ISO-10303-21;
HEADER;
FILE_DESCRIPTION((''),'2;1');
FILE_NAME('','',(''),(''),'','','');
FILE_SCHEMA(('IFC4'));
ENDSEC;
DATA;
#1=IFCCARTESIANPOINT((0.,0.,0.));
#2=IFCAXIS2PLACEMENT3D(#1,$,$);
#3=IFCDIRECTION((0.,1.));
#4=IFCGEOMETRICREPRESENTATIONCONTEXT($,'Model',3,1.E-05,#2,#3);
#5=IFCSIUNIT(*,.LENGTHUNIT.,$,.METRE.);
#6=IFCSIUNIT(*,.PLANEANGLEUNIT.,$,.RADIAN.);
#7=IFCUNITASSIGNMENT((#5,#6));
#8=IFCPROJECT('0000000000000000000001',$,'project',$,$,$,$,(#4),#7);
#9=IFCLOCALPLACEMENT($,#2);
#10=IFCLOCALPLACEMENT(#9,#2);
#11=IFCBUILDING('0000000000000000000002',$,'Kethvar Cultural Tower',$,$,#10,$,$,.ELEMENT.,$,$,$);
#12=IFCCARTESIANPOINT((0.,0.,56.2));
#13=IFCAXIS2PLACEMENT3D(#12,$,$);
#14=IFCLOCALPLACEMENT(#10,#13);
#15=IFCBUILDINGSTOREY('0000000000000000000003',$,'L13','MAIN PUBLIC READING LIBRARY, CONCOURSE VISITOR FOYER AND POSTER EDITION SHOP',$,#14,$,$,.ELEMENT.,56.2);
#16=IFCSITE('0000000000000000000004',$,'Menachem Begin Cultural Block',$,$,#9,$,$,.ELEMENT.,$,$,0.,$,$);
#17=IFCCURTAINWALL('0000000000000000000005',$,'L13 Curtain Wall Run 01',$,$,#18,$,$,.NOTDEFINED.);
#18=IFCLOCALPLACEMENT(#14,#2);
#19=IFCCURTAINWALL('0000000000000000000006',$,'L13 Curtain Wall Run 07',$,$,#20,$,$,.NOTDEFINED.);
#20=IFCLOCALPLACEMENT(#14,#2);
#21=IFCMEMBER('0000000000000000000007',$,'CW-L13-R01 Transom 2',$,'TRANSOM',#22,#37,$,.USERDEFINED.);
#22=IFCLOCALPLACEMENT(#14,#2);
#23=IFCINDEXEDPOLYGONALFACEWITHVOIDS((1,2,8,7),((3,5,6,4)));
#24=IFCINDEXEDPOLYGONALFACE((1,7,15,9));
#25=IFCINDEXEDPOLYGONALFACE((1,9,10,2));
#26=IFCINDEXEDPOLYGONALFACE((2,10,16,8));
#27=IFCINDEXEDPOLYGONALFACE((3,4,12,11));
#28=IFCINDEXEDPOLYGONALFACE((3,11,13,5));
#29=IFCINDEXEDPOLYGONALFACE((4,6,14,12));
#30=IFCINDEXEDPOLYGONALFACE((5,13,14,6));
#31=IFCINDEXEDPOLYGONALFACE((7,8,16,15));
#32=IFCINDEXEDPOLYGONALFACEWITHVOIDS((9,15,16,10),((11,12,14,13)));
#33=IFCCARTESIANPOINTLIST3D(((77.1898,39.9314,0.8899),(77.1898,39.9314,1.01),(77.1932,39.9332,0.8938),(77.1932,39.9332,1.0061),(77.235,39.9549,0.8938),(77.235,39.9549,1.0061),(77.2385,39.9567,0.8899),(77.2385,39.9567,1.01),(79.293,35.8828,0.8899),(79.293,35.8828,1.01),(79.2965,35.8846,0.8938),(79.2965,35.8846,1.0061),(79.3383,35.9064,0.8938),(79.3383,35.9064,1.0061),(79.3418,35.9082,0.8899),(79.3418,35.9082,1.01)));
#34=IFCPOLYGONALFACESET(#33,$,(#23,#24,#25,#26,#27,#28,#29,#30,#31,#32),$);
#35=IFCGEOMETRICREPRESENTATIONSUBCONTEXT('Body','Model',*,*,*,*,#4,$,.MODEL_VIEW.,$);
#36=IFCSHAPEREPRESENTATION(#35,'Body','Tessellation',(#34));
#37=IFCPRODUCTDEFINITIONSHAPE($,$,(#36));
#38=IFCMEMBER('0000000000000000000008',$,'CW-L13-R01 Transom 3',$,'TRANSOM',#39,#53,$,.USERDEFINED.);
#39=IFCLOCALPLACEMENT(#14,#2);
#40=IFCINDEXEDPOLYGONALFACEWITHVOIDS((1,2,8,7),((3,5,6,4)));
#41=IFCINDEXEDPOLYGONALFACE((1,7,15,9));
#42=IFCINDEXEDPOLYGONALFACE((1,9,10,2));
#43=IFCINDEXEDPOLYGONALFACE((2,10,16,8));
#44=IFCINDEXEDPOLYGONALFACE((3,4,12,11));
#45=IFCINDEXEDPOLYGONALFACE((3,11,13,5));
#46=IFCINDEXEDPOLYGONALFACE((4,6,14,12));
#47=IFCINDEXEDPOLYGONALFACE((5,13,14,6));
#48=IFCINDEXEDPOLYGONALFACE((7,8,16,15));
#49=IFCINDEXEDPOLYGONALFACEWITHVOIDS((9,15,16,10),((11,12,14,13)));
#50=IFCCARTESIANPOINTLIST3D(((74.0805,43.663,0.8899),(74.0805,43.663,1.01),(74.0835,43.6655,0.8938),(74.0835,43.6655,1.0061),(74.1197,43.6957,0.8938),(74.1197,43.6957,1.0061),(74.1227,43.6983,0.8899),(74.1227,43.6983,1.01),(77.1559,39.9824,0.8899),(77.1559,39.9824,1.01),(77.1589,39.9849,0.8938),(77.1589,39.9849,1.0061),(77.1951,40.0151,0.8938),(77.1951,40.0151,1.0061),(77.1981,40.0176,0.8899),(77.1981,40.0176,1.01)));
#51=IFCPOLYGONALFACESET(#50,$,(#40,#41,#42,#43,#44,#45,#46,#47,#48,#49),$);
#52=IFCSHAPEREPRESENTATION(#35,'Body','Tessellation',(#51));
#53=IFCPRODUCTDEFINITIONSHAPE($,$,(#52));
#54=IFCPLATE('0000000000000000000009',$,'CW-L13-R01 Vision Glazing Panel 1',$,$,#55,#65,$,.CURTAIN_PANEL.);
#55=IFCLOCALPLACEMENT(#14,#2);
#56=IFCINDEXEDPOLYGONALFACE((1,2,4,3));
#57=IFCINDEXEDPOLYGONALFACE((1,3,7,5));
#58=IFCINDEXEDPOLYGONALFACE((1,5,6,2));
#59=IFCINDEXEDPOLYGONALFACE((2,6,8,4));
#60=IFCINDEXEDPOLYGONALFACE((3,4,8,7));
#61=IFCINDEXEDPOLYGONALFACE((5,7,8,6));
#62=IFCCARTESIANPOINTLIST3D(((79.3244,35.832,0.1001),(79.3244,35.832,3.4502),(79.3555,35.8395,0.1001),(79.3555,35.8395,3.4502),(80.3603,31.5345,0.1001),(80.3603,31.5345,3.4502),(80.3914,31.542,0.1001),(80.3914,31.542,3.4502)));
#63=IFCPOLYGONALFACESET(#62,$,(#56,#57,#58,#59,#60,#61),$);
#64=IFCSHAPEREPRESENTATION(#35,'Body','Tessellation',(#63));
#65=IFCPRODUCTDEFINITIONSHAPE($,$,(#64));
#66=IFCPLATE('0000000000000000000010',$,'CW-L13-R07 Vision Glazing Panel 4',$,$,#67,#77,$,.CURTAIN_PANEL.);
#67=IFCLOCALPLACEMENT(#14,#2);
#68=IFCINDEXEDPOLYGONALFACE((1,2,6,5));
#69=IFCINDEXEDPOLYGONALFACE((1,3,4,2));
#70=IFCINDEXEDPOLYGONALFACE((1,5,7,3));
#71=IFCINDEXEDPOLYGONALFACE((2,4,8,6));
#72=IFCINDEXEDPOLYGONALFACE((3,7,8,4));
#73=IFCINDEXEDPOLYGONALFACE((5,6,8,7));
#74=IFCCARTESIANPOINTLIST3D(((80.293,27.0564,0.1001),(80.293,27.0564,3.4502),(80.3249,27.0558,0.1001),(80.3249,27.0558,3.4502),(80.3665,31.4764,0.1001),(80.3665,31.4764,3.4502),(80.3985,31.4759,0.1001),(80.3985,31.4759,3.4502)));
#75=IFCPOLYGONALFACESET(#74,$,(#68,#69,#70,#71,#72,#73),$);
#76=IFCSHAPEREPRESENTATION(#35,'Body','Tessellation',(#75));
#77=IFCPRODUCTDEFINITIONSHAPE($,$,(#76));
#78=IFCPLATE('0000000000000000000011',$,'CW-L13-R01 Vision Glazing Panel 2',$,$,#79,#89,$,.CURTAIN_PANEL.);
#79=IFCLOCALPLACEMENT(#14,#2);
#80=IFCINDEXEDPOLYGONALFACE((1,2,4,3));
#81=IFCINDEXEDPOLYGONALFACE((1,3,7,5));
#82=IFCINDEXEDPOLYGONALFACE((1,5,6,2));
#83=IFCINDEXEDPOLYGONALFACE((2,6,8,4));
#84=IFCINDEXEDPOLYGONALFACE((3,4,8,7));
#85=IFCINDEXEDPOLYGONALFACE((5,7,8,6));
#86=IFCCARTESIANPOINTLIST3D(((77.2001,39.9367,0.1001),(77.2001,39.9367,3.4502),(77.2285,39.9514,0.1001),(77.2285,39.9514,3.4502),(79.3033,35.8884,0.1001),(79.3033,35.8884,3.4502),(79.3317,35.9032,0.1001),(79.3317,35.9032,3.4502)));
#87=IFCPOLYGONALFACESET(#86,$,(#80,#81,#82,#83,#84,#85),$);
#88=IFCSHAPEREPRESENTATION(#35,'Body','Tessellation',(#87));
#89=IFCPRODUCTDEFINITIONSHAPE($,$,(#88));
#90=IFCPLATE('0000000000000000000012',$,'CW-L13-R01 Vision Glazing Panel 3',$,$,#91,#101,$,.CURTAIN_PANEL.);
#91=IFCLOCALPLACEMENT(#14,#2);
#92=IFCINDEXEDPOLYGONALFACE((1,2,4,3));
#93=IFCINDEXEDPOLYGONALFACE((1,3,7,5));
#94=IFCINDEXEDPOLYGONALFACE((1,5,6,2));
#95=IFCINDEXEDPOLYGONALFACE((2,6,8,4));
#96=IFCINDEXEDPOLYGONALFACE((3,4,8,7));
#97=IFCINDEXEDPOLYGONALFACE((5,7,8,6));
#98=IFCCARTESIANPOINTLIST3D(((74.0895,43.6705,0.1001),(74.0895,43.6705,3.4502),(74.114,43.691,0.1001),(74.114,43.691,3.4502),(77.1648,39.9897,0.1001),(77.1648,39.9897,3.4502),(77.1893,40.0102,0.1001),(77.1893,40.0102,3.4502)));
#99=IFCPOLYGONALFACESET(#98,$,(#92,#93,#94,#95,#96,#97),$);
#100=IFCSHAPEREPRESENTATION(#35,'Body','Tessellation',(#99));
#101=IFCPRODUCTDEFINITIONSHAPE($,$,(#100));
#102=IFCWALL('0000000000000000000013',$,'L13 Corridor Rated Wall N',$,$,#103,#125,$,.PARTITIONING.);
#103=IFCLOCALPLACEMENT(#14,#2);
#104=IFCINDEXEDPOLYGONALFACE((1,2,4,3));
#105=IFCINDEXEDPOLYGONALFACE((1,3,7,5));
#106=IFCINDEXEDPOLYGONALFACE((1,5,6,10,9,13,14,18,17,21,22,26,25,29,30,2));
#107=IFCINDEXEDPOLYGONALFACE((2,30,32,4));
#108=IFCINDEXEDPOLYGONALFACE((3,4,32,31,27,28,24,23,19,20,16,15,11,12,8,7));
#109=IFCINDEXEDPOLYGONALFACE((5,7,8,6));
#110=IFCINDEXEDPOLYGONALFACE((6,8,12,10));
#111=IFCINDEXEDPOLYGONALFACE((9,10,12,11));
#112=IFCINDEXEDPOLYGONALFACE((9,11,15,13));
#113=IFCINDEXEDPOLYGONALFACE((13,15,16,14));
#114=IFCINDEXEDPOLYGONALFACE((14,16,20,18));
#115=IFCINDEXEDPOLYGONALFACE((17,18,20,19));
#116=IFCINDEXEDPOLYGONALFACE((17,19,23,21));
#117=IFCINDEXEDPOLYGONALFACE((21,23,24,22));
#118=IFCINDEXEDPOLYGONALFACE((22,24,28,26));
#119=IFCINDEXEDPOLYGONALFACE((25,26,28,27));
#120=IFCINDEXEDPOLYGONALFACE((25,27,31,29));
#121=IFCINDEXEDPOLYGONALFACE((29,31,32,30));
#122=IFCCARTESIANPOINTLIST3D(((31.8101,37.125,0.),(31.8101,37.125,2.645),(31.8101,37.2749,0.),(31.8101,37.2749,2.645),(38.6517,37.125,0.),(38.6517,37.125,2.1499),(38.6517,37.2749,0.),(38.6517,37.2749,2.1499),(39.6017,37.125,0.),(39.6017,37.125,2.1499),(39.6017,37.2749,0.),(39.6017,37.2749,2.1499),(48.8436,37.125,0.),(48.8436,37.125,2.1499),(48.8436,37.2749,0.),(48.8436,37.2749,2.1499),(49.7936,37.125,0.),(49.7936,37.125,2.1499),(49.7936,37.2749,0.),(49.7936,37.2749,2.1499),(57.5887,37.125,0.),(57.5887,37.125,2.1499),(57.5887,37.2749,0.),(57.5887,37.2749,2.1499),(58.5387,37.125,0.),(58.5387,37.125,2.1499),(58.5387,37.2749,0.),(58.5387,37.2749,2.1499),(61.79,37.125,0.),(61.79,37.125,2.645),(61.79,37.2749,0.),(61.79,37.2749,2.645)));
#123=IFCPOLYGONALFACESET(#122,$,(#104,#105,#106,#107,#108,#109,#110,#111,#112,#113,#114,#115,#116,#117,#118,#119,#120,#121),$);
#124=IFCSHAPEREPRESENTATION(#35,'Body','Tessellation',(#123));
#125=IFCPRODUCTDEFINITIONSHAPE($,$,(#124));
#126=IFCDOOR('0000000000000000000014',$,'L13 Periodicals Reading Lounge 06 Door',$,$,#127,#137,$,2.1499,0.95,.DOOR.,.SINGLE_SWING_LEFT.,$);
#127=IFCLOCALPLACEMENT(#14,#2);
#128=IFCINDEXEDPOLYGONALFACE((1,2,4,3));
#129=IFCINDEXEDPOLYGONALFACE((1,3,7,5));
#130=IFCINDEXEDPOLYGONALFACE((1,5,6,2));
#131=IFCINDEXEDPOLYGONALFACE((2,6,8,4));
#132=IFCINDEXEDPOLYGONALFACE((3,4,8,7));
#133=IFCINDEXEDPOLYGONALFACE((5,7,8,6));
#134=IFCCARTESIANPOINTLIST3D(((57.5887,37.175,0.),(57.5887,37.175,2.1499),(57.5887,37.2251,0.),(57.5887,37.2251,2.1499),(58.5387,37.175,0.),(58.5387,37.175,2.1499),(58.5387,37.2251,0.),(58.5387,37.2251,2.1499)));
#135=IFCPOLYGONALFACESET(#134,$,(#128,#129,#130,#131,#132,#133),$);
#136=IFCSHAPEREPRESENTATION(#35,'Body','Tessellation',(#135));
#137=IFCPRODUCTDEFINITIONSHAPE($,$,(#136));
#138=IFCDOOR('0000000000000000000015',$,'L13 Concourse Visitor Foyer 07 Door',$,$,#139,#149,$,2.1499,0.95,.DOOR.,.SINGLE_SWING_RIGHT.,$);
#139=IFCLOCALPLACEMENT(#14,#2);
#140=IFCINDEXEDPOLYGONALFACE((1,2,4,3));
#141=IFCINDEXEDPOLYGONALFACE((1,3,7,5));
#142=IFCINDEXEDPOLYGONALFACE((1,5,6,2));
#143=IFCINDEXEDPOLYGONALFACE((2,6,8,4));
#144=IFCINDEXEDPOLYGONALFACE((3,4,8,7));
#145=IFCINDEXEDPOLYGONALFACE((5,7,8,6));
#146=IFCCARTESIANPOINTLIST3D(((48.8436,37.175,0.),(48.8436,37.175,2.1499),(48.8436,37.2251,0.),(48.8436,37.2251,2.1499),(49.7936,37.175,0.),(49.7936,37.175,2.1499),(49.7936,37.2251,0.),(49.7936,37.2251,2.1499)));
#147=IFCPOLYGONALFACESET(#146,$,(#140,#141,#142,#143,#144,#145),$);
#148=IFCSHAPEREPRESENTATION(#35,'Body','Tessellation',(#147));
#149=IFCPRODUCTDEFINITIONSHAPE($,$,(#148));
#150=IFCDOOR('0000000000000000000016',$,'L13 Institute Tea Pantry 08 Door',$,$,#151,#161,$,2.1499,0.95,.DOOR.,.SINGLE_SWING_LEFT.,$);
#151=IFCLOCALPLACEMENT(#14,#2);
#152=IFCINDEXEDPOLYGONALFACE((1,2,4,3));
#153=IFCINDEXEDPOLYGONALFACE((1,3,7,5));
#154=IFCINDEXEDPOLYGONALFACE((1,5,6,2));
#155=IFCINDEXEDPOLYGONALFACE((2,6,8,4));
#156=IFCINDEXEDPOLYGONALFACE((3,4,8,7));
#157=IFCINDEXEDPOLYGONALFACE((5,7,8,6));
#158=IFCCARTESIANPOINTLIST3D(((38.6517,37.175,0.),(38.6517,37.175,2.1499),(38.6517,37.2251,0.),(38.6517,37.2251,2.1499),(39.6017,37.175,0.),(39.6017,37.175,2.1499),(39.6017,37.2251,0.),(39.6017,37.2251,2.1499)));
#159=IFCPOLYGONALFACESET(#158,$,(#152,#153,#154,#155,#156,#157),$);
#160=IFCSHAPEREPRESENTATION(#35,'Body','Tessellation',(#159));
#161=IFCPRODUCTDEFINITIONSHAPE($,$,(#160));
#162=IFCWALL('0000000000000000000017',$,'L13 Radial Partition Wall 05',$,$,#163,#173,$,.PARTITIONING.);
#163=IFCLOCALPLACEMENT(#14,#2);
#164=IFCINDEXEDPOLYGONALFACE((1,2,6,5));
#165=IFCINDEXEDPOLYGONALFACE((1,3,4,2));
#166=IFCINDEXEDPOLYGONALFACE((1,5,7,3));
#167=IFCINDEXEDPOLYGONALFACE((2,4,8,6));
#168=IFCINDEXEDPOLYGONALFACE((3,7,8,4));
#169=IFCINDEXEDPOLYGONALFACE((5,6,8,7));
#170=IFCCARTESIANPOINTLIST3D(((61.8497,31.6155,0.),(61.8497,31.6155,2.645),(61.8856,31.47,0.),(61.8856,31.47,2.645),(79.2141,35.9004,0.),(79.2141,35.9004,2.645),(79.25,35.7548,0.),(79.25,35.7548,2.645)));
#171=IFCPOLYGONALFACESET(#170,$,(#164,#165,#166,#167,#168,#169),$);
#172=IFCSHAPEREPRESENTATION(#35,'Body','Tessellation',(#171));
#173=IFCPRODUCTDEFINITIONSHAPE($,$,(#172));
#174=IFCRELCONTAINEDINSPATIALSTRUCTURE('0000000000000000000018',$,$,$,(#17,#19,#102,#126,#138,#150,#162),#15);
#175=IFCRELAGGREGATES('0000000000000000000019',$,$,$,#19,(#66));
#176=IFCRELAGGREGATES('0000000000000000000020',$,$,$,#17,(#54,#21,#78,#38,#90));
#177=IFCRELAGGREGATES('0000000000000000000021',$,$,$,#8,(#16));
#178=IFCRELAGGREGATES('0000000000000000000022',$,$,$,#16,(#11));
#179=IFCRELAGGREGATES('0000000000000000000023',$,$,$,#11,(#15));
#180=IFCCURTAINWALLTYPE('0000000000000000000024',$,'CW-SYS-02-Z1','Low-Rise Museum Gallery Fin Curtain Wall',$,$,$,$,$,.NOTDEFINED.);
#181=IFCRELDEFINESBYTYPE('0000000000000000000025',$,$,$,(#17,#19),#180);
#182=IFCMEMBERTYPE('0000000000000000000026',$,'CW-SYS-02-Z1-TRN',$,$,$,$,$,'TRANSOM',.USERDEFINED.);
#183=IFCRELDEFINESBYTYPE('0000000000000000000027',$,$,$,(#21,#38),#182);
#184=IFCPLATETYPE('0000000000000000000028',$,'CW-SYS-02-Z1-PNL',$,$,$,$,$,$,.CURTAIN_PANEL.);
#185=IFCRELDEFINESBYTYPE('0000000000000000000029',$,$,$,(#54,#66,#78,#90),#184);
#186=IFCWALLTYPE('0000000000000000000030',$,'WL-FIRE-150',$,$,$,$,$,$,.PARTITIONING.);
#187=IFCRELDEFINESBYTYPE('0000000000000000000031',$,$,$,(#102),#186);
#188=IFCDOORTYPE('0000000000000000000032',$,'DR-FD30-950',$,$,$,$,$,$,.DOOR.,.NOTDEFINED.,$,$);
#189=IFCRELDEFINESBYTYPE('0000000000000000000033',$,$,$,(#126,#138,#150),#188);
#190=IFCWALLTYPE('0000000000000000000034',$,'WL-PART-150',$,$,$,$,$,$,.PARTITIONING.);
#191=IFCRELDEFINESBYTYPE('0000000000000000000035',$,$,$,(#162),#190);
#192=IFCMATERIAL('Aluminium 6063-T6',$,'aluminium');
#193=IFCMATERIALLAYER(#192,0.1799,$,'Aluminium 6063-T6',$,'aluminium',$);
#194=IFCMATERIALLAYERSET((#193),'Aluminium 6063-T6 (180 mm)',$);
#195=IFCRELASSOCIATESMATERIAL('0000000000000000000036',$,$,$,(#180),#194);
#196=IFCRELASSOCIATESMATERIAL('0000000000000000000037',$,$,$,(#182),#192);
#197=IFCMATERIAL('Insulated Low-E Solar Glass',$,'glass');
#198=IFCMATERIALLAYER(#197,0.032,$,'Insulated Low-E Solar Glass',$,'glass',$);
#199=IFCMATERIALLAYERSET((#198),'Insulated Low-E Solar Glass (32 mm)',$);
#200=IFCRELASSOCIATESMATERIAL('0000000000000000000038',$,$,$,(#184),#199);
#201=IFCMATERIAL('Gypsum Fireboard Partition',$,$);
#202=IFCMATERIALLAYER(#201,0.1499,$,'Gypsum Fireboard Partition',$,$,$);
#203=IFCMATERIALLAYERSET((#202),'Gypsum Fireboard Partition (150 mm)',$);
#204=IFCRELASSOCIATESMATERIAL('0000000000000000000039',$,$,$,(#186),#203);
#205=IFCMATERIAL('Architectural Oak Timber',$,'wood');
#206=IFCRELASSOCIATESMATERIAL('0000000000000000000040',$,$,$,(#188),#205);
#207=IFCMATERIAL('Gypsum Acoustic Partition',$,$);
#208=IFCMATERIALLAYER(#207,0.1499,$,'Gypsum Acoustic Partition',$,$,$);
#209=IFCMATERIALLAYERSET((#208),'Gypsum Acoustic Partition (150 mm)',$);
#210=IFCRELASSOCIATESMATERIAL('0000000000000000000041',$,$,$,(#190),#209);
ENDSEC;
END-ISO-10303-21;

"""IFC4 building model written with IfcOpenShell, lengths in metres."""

from ifc_helpers import new_model, si_unit, direction, frame, frame_2d, origin, origin_2d, place, context, subcontext, project, spatial, rectangle, hollow_rectangle, extrude, source, transform, mapped, material, layer, layer_set, material_profile, profile_set, type_object, element, fill, aggregate, save


model = new_model("IFC4")

# Units and contexts
model_context = context("Model", 3, precision=1e-05, world=origin(), true_north=direction((0.0, 1.0)))
body_context = subcontext(model_context, "Body", "Model", "MODEL_VIEW")
ifc_project = project(units=[si_unit("LENGTHUNIT", "METRE"), si_unit("PLANEANGLEUNIT", "RADIAN")], contexts=[model_context])

# Site, building, storey
site_placement = place(None, origin())
site = spatial("IfcSite", under=ifc_project, at=site_placement, Name="Menachem Begin Cultural Block", CompositionType="ELEMENT", RefElevation=0.0)
building_placement = place(site_placement, origin())
building = spatial("IfcBuilding", under=site, at=building_placement, Name="Kethvar Cultural Tower", CompositionType="ELEMENT")
storey_placement = place(building_placement, frame((0.0, 0.0, 56.2)))
storey = spatial("IfcBuildingStorey", under=building, at=storey_placement, Name="L13", Description="MAIN PUBLIC READING LIBRARY, CONCOURSE VISITOR FOYER AND POSTER EDITION SHOP", CompositionType="ELEMENT", Elevation=56.2)

# Curtain wall
ifc_material_1 = material(Name="Aluminium 6063-T6", Category="aluminium")
ifc_layer_1 = layer(ifc_material_1, 0.1799, Name="Aluminium 6063-T6", Category="aluminium")
ifc_layer_set_1 = layer_set([ifc_layer_1], Name="Aluminium 6063-T6 (180 mm)")
curtain_wall_type = type_object("IfcCurtainWallType", Name="CW-SYS-02-Z1", Description="Low-Rise Museum Gallery Fin Curtain Wall", PredefinedType="NOTDEFINED", material=ifc_layer_set_1)
curtain_wall_1_placement = place(storey_placement, origin())
curtain_wall_1 = element("IfcCurtainWall", 1, at=curtain_wall_1_placement, inside=storey, type_object=curtain_wall_type, Name="L13 Curtain Wall Run 01", PredefinedType="NOTDEFINED")

# Curtain wall
curtain_wall_2_placement = place(storey_placement, origin())
curtain_wall_2 = element("IfcCurtainWall", 2, at=curtain_wall_2_placement, inside=storey, type_object=curtain_wall_type, Name="L13 Curtain Wall Run 07", PredefinedType="NOTDEFINED")

# Members
ifc_material_profile_1 = material_profile(ifc_material_1, hollow_rectangle(XDim=0.0549, YDim=0.1201, WallThickness=0.0039, at=origin_2d()), Name="Aluminium 6063-T6 — RHS120x55x4")
ifc_profile_set_1 = profile_set([ifc_material_profile_1], Name="Aluminium 6063-T6 — RHS120x55x4")
member_type_1 = type_object("IfcMemberType", Name="CW-SYS-02-Z1-TRN", ElementType="TRANSOM", PredefinedType="USERDEFINED", material=ifc_profile_set_1)
shared_shape_1 = source(origin(), body_context, "Body", "SweptSolid", [
    extrude(hollow_rectangle(XDim=0.0549, YDim=0.1201, WallThickness=0.0039, at=origin_2d()), origin(), (0.0, 0.0, 1.0), 4.5623),
])
member_1_placement = place(storey_placement, frame((79.3174, 35.8955, 0.95), z_axis=(-0.461009, 0.887395, 0.0), x_axis=(-0.887395, -0.461009, 0.0)))
member_1 = element("IfcMember", 3, at=member_1_placement, type_object=member_type_1, Name="CW-L13-R01 Transom 2", ObjectType="TRANSOM", PredefinedType="USERDEFINED", context=body_context, shape_type="MappedRepresentation", body=[
    mapped(shared_shape_1, transform((0.0, 0.0, 0.0), scale=1.0)),
])
shared_shape_2 = source(origin(), body_context, "Body", "SweptSolid", [
    extrude(hollow_rectangle(XDim=0.0549, YDim=0.1201, WallThickness=0.0039, at=origin_2d()), origin(), (0.0, 0.0, 1.0), 4.7964),
])
member_2_placement = place(storey_placement, frame((77.177, 40.0, 0.95), z_axis=(-0.641195, 0.767378, 0.0), x_axis=(-0.767378, -0.641195, 0.0)))
member_2 = element("IfcMember", 4, at=member_2_placement, type_object=member_type_1, Name="CW-L13-R01 Transom 3", ObjectType="TRANSOM", PredefinedType="USERDEFINED", context=body_context, shape_type="MappedRepresentation", body=[
    mapped(shared_shape_2, transform((0.0, 0.0, 0.0), scale=1.0)),
])

# Plates
ifc_material_2 = material(Name="Insulated Low-E Solar Glass", Category="glass")
ifc_layer_2 = layer(ifc_material_2, 0.032, Name="Insulated Low-E Solar Glass", Category="glass")
ifc_layer_set_2 = layer_set([ifc_layer_2], Name="Insulated Low-E Solar Glass (32 mm)")
plate_type = type_object("IfcPlateType", Name="CW-SYS-02-Z1-PNL", PredefinedType="CURTAIN_PANEL", material=ifc_layer_set_2)
shared_shape_3 = source(origin(), body_context, "Body", "SweptSolid", [
    extrude(rectangle(XDim=4.4207, YDim=0.032, at=origin_2d()), origin(), (0.0, 0.0, 1.0), 3.3501),
])
plate_1_placement = place(storey_placement, frame((79.8579, 33.687, 0.1001), z_axis=(0.0, 0.0, 1.0), x_axis=(-0.234345, 0.972154, 0.0)))
plate_1 = element("IfcPlate", 5, at=plate_1_placement, type_object=plate_type, Name="CW-L13-R01 Vision Glazing Panel 1", PredefinedType="CURTAIN_PANEL", context=body_context, shape_type="MappedRepresentation", body=[
    mapped(shared_shape_3, transform((0.0, 0.0, 0.0), scale=1.0)),
])
plate_2_placement = place(storey_placement, frame((80.3457, 29.2661, 0.1001), z_axis=(0.0, 0.0, 1.0), x_axis=(0.016632, 0.999862, 0.0)))
plate_2 = element("IfcPlate", 6, at=plate_2_placement, type_object=plate_type, Name="CW-L13-R07 Vision Glazing Panel 4", PredefinedType="CURTAIN_PANEL", context=body_context, shape_type="MappedRepresentation", body=[
    mapped(shared_shape_3, transform((0.0, 0.0, 0.0), scale=1.0)),
])
aggregate(curtain_wall_2, [plate_2])
shared_shape_4 = source(origin(), body_context, "Body", "SweptSolid", [
    extrude(rectangle(XDim=4.562, YDim=0.032, at=origin_2d()), origin(), (0.0, 0.0, 1.0), 3.3501),
])
plate_3_placement = place(storey_placement, frame((78.2659, 37.9199, 0.1001), z_axis=(0.0, 0.0, 1.0), x_axis=(-0.461021, 0.887389, 0.0)))
plate_3 = element("IfcPlate", 7, at=plate_3_placement, type_object=plate_type, Name="CW-L13-R01 Vision Glazing Panel 2", PredefinedType="CURTAIN_PANEL", context=body_context, shape_type="MappedRepresentation", body=[
    mapped(shared_shape_4, transform((0.0, 0.0, 0.0), scale=1.0)),
])
shared_shape_5 = source(origin(), body_context, "Body", "SweptSolid", [
    extrude(rectangle(XDim=4.7964, YDim=0.032, at=origin_2d()), origin(), (0.0, 0.0, 1.0), 3.3501),
])
plate_4_placement = place(storey_placement, frame((75.6394, 41.8403, 0.1001), z_axis=(0.0, 0.0, 1.0), x_axis=(-0.641168, 0.7674, 0.0)))
plate_4 = element("IfcPlate", 8, at=plate_4_placement, type_object=plate_type, Name="CW-L13-R01 Vision Glazing Panel 3", PredefinedType="CURTAIN_PANEL", context=body_context, shape_type="MappedRepresentation", body=[
    mapped(shared_shape_5, transform((0.0, 0.0, 0.0), scale=1.0)),
])
aggregate(curtain_wall_1, [plate_1, member_1, plate_3, member_2, plate_4])

# Wall, openings, doors
ifc_material_3 = material(Name="Gypsum Fireboard Partition")
ifc_layer_3 = layer(ifc_material_3, 0.1499, Name="Gypsum Fireboard Partition")
ifc_layer_set_3 = layer_set([ifc_layer_3], Name="Gypsum Fireboard Partition (150 mm)")
wall_type_1 = type_object("IfcWallType", Name="WL-FIRE-150", PredefinedType="PARTITIONING", material=ifc_layer_set_3)
wall_1_placement = place(storey_placement, frame((61.79, 37.2, 0.0), z_axis=(0.0, 0.0, 1.0), x_axis=(-1.0, 0.0, 0.0)))
wall_1 = element("IfcWall", 9, at=wall_1_placement, inside=storey, type_object=wall_type_1, Name="L13 Corridor Rated Wall N", PredefinedType="PARTITIONING", context=body_context, shape_type="SweptSolid", body=[
    extrude(rectangle(XDim=29.98, YDim=0.1499, at=frame_2d((14.99, 0.0))), origin(), (0.0, 0.0, 1.0), 2.645),
])
opening_1_placement = place(wall_1_placement, frame((3.2512, 0.0, 0.0)))
opening_1 = element("IfcOpeningElement", 10, at=opening_1_placement, cuts=wall_1, PredefinedType="OPENING", context=body_context, shape_type="SweptSolid", body=[
    extrude(rectangle(XDim=0.95, YDim=2.1499, at=frame_2d((0.4751, 1.075))), frame((0.0, 0.085, 0.0), z_axis=(0.0, -1.0, 0.0), x_axis=(1.0, 0.0, 0.0)), (0.0, 0.0, 1.0), 0.1699),
])
opening_2_placement = place(wall_1_placement, frame((11.9963, 0.0, 0.0)))
opening_2 = element("IfcOpeningElement", 11, at=opening_2_placement, cuts=wall_1, PredefinedType="OPENING", context=body_context, shape_type="SweptSolid", body=[
    extrude(rectangle(XDim=0.95, YDim=2.1499, at=frame_2d((0.4751, 1.075))), frame((0.0, 0.085, 0.0), z_axis=(0.0, -1.0, 0.0), x_axis=(1.0, 0.0, 0.0)), (0.0, 0.0, 1.0), 0.1699),
])
opening_3_placement = place(wall_1_placement, frame((22.1882, 0.0, 0.0)))
opening_3 = element("IfcOpeningElement", 12, at=opening_3_placement, cuts=wall_1, PredefinedType="OPENING", context=body_context, shape_type="SweptSolid", body=[
    extrude(rectangle(XDim=0.95, YDim=2.1499, at=frame_2d((0.4751, 1.075))), frame((0.0, 0.085, 0.0), z_axis=(0.0, -1.0, 0.0), x_axis=(1.0, 0.0, 0.0)), (0.0, 0.0, 1.0), 0.1699),
])
ifc_material_4 = material(Name="Architectural Oak Timber", Category="wood")
door_type = type_object("IfcDoorType", Name="DR-FD30-950", OperationType="NOTDEFINED", PredefinedType="DOOR", material=ifc_material_4)
shared_shape_6 = source(origin(), body_context, "Body", "SweptSolid", [
    extrude(rectangle(XDim=0.95, YDim=2.1499, at=frame_2d((0.4751, 1.075))), frame((0.0, 0.0249, 0.0), z_axis=(0.0, -1.0, 0.0), x_axis=(1.0, 0.0, 0.0)), (0.0, 0.0, 1.0), 0.05),
])
door_1_placement = place(opening_1_placement, origin())
door_1 = element("IfcDoor", 13, at=door_1_placement, inside=storey, type_object=door_type, Name="L13 Periodicals Reading Lounge 06 Door", OperationType="SINGLE_SWING_LEFT", OverallHeight=2.1499, OverallWidth=0.95, PredefinedType="DOOR", context=body_context, shape_type="MappedRepresentation", body=[
    mapped(shared_shape_6, transform((0.0, 0.0, 0.0), scale=1.0)),
])
fill(opening_1, door_1)
door_2_placement = place(opening_2_placement, origin())
door_2 = element("IfcDoor", 14, at=door_2_placement, inside=storey, type_object=door_type, Name="L13 Concourse Visitor Foyer 07 Door", OperationType="SINGLE_SWING_RIGHT", OverallHeight=2.1499, OverallWidth=0.95, PredefinedType="DOOR", context=body_context, shape_type="MappedRepresentation", body=[
    mapped(shared_shape_6, transform((0.0, 0.0, 0.0), scale=1.0)),
])
fill(opening_2, door_2)
door_3_placement = place(opening_3_placement, origin())
door_3 = element("IfcDoor", 15, at=door_3_placement, inside=storey, type_object=door_type, Name="L13 Institute Tea Pantry 08 Door", OperationType="SINGLE_SWING_LEFT", OverallHeight=2.1499, OverallWidth=0.95, PredefinedType="DOOR", context=body_context, shape_type="MappedRepresentation", body=[
    mapped(shared_shape_6, transform((0.0, 0.0, 0.0), scale=1.0)),
])
fill(opening_3, door_3)

# Wall
ifc_material_5 = material(Name="Gypsum Acoustic Partition")
ifc_layer_4 = layer(ifc_material_5, 0.1499, Name="Gypsum Acoustic Partition")
ifc_layer_set_4 = layer_set([ifc_layer_4], Name="Gypsum Acoustic Partition (150 mm)")
wall_type_2 = type_object("IfcWallType", Name="WL-PART-150", PredefinedType="PARTITIONING", material=ifc_layer_set_4)
wall_2_placement = place(storey_placement, frame((61.8677, 31.5427, 0.0), z_axis=(0.0, 0.0, 1.0), x_axis=(0.970878, 0.239576, 0.0)))
element("IfcWall", 16, at=wall_2_placement, inside=storey, type_object=wall_type_2, Name="L13 Radial Partition Wall 05", PredefinedType="PARTITIONING", context=body_context, shape_type="SweptSolid", body=[
    extrude(rectangle(XDim=17.8853, YDim=0.1499, at=frame_2d((8.9426, 0.0))), origin(), (0.0, 0.0, 1.0), 2.645),
])

save(model, "model.ifc")
